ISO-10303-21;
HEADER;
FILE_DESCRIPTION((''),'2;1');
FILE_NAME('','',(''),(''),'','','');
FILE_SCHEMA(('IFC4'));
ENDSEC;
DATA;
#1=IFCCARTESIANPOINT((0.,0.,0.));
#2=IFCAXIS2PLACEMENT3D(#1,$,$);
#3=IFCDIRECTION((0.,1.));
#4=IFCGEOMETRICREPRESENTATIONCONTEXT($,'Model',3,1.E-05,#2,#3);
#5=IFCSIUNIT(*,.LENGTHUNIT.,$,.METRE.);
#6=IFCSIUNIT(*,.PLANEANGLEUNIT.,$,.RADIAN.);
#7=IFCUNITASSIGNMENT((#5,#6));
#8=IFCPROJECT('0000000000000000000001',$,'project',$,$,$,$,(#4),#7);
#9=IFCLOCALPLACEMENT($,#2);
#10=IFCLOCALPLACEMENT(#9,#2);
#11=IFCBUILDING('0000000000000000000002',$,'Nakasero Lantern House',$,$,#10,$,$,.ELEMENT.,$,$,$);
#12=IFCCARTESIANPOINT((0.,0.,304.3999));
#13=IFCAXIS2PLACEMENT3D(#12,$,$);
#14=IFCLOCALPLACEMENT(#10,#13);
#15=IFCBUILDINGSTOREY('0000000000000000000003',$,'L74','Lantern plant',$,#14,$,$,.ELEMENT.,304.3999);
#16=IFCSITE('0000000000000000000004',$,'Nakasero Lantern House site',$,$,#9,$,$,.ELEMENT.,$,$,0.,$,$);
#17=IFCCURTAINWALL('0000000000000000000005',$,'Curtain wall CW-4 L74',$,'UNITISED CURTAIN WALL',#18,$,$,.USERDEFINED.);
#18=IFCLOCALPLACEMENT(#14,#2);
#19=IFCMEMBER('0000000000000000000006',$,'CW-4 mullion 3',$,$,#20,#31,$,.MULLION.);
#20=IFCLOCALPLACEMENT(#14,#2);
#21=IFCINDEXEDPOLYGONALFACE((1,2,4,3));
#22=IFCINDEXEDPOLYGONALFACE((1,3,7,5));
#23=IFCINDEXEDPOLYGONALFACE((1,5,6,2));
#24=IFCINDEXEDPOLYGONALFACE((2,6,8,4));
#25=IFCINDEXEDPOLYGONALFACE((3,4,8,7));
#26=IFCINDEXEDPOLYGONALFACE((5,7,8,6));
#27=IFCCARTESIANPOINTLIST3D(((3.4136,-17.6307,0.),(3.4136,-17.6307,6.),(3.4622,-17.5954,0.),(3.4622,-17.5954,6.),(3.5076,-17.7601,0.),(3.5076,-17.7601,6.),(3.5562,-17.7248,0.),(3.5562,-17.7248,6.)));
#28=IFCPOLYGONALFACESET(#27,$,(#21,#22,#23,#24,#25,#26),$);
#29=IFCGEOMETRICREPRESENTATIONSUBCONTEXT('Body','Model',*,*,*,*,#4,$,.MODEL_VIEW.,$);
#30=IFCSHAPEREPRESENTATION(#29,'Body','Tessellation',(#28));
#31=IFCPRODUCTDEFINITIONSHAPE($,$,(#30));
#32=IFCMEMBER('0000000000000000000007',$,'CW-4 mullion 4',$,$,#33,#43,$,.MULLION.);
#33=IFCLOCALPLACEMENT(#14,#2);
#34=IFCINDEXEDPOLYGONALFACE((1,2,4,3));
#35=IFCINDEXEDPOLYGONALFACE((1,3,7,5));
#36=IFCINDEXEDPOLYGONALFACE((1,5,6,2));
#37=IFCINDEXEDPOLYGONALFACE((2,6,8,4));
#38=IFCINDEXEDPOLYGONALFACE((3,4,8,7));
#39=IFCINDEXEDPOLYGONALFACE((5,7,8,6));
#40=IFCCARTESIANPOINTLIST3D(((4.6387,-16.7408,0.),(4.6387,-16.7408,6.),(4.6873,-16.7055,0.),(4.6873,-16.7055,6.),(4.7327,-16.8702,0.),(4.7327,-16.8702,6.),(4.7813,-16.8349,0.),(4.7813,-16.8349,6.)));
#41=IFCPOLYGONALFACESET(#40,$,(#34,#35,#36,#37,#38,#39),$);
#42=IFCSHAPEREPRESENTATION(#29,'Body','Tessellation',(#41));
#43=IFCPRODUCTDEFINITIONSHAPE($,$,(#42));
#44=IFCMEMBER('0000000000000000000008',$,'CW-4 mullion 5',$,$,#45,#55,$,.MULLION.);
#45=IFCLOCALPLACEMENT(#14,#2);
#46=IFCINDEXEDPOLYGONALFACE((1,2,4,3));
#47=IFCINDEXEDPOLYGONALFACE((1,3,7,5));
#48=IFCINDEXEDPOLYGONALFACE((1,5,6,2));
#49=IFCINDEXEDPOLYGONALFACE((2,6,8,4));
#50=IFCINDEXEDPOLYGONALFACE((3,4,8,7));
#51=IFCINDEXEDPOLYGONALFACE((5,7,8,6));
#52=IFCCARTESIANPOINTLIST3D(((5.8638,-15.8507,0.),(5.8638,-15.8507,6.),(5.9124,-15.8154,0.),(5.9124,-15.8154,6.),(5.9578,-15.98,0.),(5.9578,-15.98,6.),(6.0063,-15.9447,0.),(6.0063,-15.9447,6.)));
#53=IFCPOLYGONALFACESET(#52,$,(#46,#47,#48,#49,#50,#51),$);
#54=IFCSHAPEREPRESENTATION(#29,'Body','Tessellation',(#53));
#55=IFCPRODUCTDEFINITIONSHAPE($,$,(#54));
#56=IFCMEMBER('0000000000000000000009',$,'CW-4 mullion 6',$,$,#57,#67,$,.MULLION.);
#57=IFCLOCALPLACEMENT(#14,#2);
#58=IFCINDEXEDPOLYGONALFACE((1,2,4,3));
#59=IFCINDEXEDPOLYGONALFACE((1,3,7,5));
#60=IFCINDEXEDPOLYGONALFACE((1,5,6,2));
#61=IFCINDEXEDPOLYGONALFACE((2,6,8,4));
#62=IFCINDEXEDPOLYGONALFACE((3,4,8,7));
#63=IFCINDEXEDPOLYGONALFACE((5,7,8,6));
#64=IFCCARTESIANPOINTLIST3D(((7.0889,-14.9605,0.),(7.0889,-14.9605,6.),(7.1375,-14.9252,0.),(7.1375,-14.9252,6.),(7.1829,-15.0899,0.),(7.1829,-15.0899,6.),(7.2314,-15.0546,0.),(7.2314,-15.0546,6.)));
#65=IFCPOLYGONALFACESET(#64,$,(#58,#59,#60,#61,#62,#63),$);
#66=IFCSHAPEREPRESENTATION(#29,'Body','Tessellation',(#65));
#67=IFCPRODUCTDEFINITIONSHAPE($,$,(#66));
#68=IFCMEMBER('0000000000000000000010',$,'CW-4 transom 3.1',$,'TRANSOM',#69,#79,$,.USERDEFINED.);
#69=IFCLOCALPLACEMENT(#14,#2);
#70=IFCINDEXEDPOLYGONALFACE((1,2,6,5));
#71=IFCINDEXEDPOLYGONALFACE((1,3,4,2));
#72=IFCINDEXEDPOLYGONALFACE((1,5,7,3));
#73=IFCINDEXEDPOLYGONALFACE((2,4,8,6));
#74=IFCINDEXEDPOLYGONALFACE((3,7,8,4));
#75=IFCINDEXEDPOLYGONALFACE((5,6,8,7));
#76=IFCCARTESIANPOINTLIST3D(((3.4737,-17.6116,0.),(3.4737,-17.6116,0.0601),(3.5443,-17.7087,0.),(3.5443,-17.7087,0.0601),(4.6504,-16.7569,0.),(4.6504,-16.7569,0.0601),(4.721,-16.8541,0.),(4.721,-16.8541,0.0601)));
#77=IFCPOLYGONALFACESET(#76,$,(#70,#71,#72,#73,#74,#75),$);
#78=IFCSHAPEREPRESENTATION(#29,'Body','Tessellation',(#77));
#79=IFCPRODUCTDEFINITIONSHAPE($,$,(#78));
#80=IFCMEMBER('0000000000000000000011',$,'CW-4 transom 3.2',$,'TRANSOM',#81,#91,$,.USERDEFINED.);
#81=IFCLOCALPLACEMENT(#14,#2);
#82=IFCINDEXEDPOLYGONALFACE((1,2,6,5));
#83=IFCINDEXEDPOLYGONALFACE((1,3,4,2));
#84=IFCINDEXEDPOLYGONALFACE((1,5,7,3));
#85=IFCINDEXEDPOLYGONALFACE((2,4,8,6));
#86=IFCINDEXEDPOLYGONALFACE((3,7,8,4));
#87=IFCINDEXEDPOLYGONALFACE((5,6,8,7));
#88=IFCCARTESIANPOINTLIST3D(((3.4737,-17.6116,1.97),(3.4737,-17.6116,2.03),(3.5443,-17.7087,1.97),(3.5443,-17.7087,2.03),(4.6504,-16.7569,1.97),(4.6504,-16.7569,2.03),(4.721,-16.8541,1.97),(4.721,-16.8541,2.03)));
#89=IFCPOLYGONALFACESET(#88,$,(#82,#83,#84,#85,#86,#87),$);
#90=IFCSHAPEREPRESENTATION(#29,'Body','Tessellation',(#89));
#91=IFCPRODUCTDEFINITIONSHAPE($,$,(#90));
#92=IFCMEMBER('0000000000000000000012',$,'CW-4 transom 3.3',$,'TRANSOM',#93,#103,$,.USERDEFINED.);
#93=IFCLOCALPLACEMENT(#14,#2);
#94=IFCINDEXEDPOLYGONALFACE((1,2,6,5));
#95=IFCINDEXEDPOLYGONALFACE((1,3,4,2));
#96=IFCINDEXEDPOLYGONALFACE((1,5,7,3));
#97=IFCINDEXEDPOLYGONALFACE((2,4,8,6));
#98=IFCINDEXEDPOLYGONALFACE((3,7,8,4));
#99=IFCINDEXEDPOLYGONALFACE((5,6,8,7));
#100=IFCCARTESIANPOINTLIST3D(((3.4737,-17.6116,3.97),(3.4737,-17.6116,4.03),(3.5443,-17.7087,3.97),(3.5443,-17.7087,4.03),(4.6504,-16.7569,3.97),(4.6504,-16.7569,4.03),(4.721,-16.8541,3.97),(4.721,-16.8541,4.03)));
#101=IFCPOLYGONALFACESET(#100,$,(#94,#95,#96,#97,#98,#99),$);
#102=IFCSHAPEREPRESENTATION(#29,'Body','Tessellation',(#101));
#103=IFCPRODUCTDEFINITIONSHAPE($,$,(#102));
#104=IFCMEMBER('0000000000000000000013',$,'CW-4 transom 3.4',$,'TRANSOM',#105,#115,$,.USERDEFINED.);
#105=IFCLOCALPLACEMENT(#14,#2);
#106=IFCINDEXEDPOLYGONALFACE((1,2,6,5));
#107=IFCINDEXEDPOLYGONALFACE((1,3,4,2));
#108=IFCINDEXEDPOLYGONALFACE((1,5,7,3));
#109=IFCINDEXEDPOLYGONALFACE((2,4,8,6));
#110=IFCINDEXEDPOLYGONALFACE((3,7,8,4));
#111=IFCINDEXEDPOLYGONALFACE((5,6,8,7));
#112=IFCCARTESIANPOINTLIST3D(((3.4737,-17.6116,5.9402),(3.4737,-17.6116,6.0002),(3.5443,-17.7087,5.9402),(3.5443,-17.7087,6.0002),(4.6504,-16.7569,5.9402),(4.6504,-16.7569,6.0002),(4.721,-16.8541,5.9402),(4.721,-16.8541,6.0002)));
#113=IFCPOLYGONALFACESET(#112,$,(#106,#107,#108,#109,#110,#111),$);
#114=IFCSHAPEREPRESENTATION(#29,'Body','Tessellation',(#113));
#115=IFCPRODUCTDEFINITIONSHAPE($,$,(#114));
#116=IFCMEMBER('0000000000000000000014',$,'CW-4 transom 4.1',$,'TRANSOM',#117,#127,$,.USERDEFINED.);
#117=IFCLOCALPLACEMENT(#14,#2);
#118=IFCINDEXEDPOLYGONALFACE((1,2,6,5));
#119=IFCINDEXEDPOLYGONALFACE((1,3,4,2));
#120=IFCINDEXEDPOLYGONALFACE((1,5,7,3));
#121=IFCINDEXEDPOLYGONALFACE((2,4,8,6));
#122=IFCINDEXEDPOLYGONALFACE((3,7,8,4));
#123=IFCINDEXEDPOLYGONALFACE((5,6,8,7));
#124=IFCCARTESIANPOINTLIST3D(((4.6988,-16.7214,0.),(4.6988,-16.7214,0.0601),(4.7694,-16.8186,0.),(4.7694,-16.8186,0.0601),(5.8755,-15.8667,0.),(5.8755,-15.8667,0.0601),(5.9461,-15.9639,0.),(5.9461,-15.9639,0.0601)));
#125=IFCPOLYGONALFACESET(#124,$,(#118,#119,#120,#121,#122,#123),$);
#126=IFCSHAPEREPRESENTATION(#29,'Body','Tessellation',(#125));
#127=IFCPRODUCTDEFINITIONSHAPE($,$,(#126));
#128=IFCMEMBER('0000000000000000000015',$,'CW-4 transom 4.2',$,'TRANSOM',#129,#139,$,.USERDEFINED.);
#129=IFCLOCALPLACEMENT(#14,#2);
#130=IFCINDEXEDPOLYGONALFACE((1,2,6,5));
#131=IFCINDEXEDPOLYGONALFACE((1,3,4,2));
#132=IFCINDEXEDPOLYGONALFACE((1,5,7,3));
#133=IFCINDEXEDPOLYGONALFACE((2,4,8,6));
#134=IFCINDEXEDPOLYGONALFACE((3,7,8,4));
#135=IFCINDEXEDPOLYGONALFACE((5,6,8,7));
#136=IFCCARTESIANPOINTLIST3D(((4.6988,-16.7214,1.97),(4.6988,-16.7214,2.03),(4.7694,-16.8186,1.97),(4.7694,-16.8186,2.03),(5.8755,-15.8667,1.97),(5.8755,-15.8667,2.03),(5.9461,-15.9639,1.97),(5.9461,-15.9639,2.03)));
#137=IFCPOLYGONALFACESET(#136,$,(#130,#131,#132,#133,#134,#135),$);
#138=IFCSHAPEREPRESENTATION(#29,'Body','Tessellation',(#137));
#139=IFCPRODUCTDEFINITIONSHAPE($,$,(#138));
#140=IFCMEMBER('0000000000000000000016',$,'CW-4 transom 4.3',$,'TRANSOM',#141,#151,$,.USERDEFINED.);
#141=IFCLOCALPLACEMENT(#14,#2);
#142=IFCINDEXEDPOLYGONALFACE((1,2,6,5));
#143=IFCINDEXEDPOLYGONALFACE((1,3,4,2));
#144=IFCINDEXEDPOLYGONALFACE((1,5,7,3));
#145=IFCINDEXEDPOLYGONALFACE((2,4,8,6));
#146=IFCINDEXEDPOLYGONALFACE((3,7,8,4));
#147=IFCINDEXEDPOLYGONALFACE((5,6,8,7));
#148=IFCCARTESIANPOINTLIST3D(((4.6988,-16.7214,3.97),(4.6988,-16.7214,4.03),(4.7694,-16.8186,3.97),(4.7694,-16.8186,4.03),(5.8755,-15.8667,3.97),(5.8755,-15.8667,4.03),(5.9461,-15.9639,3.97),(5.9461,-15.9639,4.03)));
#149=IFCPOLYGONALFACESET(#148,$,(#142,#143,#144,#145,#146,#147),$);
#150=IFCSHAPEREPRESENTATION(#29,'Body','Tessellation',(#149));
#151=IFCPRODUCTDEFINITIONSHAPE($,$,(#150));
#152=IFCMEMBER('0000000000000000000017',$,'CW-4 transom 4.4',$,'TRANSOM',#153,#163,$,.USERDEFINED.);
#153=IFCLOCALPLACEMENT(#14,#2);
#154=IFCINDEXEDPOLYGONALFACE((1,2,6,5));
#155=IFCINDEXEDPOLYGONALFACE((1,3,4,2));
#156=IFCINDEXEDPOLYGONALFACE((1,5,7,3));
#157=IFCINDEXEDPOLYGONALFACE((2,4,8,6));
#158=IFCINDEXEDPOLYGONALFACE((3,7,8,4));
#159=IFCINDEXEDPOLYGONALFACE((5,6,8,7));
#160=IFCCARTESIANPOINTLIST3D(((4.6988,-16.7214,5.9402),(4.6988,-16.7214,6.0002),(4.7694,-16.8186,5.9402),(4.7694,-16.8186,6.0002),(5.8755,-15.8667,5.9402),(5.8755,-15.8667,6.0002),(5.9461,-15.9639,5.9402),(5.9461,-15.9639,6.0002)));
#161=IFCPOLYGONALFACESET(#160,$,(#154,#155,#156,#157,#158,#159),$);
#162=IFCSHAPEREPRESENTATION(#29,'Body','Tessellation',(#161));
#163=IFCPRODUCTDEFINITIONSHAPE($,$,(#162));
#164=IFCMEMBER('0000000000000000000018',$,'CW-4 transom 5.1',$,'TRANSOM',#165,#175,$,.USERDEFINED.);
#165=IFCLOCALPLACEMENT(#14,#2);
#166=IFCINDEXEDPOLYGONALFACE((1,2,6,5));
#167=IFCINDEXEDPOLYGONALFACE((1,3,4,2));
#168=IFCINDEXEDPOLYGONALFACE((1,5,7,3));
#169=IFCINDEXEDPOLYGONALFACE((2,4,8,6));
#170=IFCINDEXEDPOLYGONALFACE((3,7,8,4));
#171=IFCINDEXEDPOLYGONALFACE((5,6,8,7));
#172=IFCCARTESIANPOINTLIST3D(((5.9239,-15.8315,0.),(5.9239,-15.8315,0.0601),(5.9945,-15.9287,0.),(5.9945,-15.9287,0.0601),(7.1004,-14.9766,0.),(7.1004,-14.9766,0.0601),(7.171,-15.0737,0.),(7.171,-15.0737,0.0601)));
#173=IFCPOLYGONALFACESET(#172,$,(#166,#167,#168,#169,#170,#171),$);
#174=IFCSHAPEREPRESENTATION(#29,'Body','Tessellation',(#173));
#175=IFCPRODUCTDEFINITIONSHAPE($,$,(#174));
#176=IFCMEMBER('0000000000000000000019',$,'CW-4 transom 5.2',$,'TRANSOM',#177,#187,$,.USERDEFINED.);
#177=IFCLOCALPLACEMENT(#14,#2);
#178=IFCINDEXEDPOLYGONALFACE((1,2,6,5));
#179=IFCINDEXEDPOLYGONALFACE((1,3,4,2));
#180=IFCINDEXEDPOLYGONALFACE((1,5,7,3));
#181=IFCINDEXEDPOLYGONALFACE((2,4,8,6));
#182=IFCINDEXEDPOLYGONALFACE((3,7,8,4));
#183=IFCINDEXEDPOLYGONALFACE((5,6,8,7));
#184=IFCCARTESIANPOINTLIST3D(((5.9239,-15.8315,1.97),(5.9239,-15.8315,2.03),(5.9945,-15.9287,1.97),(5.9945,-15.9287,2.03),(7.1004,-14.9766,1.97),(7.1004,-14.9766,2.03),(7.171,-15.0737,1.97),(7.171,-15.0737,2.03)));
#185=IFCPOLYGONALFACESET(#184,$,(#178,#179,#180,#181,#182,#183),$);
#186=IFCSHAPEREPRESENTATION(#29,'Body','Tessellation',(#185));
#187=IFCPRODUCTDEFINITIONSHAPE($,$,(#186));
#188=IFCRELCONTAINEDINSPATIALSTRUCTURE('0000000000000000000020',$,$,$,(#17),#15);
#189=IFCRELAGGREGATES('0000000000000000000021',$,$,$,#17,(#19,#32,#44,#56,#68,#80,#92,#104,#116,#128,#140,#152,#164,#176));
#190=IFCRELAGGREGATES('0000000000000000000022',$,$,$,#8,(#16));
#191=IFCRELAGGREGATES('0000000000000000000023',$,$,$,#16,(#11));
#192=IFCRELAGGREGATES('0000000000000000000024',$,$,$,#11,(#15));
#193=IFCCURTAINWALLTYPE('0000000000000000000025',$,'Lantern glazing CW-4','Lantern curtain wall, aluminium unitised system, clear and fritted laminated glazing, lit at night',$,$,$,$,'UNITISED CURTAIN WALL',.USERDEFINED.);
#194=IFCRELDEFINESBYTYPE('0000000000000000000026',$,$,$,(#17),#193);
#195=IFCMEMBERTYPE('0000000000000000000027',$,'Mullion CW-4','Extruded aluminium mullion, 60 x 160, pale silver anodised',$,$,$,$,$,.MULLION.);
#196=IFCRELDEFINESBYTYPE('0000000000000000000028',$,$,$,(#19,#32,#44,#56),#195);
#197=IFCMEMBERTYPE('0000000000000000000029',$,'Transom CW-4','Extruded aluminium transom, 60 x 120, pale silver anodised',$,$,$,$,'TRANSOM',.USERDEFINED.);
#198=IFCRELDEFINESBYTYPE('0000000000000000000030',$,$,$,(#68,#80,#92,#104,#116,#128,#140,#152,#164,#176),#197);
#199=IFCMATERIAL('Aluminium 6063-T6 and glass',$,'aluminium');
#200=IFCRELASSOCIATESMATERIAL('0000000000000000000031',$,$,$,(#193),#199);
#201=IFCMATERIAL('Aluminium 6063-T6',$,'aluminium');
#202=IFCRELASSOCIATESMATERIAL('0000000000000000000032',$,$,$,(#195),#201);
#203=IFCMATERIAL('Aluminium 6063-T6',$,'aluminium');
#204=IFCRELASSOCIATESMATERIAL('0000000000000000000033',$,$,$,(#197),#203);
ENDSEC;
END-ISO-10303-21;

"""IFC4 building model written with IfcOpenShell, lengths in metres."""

from ifc_helpers import new_model, si_unit, direction, frame, origin, origin_2d, place, context, subcontext, project, spatial, rectangle, extrude, material, material_profile, profile_set, type_object, element, aggregate, save


model = new_model("IFC4")

# Units and contexts
model_context = context("Model", 3, precision=1e-05, world=origin(), true_north=direction((0.0, 1.0)))
body_context = subcontext(model_context, "Body", "Model", "MODEL_VIEW")
ifc_project = project(units=[si_unit("LENGTHUNIT", "METRE"), si_unit("PLANEANGLEUNIT", "RADIAN")], contexts=[model_context])

# Site, building, storey
site_placement = place(None, origin())
site = spatial("IfcSite", under=ifc_project, at=site_placement, Name="Nakasero Lantern House site", CompositionType="ELEMENT", RefElevation=0.0)
building_placement = place(site_placement, origin())
building = spatial("IfcBuilding", under=site, at=building_placement, Name="Nakasero Lantern House", CompositionType="ELEMENT")
storey_placement = place(building_placement, frame((0.0, 0.0, 304.3999)))
storey = spatial("IfcBuildingStorey", under=building, at=storey_placement, Name="L74", Description="Lantern plant", CompositionType="ELEMENT", Elevation=304.3999)

# Curtain wall, members
ifc_material_1 = material(Name="Aluminium 6063-T6 and glass", Category="aluminium")
curtain_wall_type = type_object("IfcCurtainWallType", Name="Lantern glazing CW-4", Description="Lantern curtain wall, aluminium unitised system, clear and fritted laminated glazing, lit at night", ElementType="UNITISED CURTAIN WALL", PredefinedType="USERDEFINED", material=ifc_material_1)
curtain_wall_placement = place(storey_placement, origin())
curtain_wall = element("IfcCurtainWall", 1, at=curtain_wall_placement, inside=storey, type_object=curtain_wall_type, Name="Curtain wall CW-4 L74", ObjectType="UNITISED CURTAIN WALL", PredefinedType="USERDEFINED")
ifc_material_2 = material(Name="Aluminium 6063-T6", Category="aluminium")
ifc_material_profile_1 = material_profile(ifc_material_2, rectangle(XDim=0.0601, YDim=0.1599, at=origin_2d()), Name="CW-4 mullion 60x160")
ifc_profile_set_1 = profile_set([ifc_material_profile_1], Name="Aluminium 6063-T6")
member_type_1 = type_object("IfcMemberType", Name="Mullion CW-4", Description="Extruded aluminium mullion, 60 x 160, pale silver anodised", PredefinedType="MULLION", material=ifc_profile_set_1)
member_1_placement = place(storey_placement, frame((3.4849, -17.6777, 0.0), z_axis=(0.0, 0.0, 1.0), x_axis=(0.809017, 0.587785, 0.0)))
member_1 = element("IfcMember", 2, at=member_1_placement, type_object=member_type_1, Name="CW-4 mullion 3", PredefinedType="MULLION", context=body_context, shape_type="SweptSolid", body=[
    extrude(rectangle(XDim=0.0601, YDim=0.1599, at=origin_2d()), origin(), (0.0, 0.0, 1.0), 6.0),
])
member_2_placement = place(storey_placement, frame((4.71, -16.7878, 0.0), z_axis=(0.0, 0.0, 1.0), x_axis=(0.809017, 0.587785, 0.0)))
member_2 = element("IfcMember", 3, at=member_2_placement, type_object=member_type_1, Name="CW-4 mullion 4", PredefinedType="MULLION", context=body_context, shape_type="SweptSolid", body=[
    extrude(rectangle(XDim=0.0601, YDim=0.1599, at=origin_2d()), origin(), (0.0, 0.0, 1.0), 6.0),
])
member_3_placement = place(storey_placement, frame((5.9351, -15.8977, 0.0), z_axis=(0.0, 0.0, 1.0), x_axis=(0.809017, 0.587785, 0.0)))
member_3 = element("IfcMember", 4, at=member_3_placement, type_object=member_type_1, Name="CW-4 mullion 5", PredefinedType="MULLION", context=body_context, shape_type="SweptSolid", body=[
    extrude(rectangle(XDim=0.0601, YDim=0.1599, at=origin_2d()), origin(), (0.0, 0.0, 1.0), 6.0),
])
member_4_placement = place(storey_placement, frame((7.1602, -15.0076, 0.0), z_axis=(0.0, 0.0, 1.0), x_axis=(0.809017, 0.587785, 0.0)))
member_4 = element("IfcMember", 5, at=member_4_placement, type_object=member_type_1, Name="CW-4 mullion 6", PredefinedType="MULLION", context=body_context, shape_type="SweptSolid", body=[
    extrude(rectangle(XDim=0.0601, YDim=0.1599, at=origin_2d()), origin(), (0.0, 0.0, 1.0), 6.0),
])
ifc_material_3 = material(Name="Aluminium 6063-T6", Category="aluminium")
ifc_material_profile_2 = material_profile(ifc_material_3, rectangle(XDim=0.0601, YDim=0.1201, at=origin_2d()), Name="CW-4 transom 60x120")
ifc_profile_set_2 = profile_set([ifc_material_profile_2], Name="Aluminium 6063-T6")
member_type_2 = type_object("IfcMemberType", Name="Transom CW-4", Description="Extruded aluminium transom, 60 x 120, pale silver anodised", ElementType="TRANSOM", PredefinedType="USERDEFINED", material=ifc_profile_set_2)
member_5_placement = place(storey_placement, frame((3.509, -17.6602, 0.03), z_axis=(0.809092, 0.587683, 0.0), x_axis=(0.0, 0.0, 1.0)))
member_5 = element("IfcMember", 6, at=member_5_placement, type_object=member_type_2, Name="CW-4 transom 3.1", ObjectType="TRANSOM", PredefinedType="USERDEFINED", context=body_context, shape_type="SweptSolid", body=[
    extrude(rectangle(XDim=0.0601, YDim=0.1201, at=origin_2d()), origin(), (0.0, 0.0, 1.0), 1.4543),
])
member_6_placement = place(storey_placement, frame((3.509, -17.6602, 2.0), z_axis=(0.809092, 0.587683, 0.0), x_axis=(0.0, 0.0, 1.0)))
member_6 = element("IfcMember", 7, at=member_6_placement, type_object=member_type_2, Name="CW-4 transom 3.2", ObjectType="TRANSOM", PredefinedType="USERDEFINED", context=body_context, shape_type="SweptSolid", body=[
    extrude(rectangle(XDim=0.0601, YDim=0.1201, at=origin_2d()), origin(), (0.0, 0.0, 1.0), 1.4543),
])
member_7_placement = place(storey_placement, frame((3.509, -17.6602, 4.0), z_axis=(0.809092, 0.587683, 0.0), x_axis=(0.0, 0.0, 1.0)))
member_7 = element("IfcMember", 8, at=member_7_placement, type_object=member_type_2, Name="CW-4 transom 3.3", ObjectType="TRANSOM", PredefinedType="USERDEFINED", context=body_context, shape_type="SweptSolid", body=[
    extrude(rectangle(XDim=0.0601, YDim=0.1201, at=origin_2d()), origin(), (0.0, 0.0, 1.0), 1.4543),
])
member_8_placement = place(storey_placement, frame((3.509, -17.6602, 5.9702), z_axis=(0.809092, 0.587683, 0.0), x_axis=(0.0, 0.0, 1.0)))
member_8 = element("IfcMember", 9, at=member_8_placement, type_object=member_type_2, Name="CW-4 transom 3.4", ObjectType="TRANSOM", PredefinedType="USERDEFINED", context=body_context, shape_type="SweptSolid", body=[
    extrude(rectangle(XDim=0.0601, YDim=0.1201, at=origin_2d()), origin(), (0.0, 0.0, 1.0), 1.4543),
])
member_9_placement = place(storey_placement, frame((4.7341, -16.77, 0.03), z_axis=(0.809092, 0.587683, 0.0), x_axis=(0.0, 0.0, 1.0)))
member_9 = element("IfcMember", 10, at=member_9_placement, type_object=member_type_2, Name="CW-4 transom 4.1", ObjectType="TRANSOM", PredefinedType="USERDEFINED", context=body_context, shape_type="SweptSolid", body=[
    extrude(rectangle(XDim=0.0601, YDim=0.1201, at=origin_2d()), origin(), (0.0, 0.0, 1.0), 1.4543),
])
member_10_placement = place(storey_placement, frame((4.7341, -16.77, 2.0), z_axis=(0.809092, 0.587683, 0.0), x_axis=(0.0, 0.0, 1.0)))
member_10 = element("IfcMember", 11, at=member_10_placement, type_object=member_type_2, Name="CW-4 transom 4.2", ObjectType="TRANSOM", PredefinedType="USERDEFINED", context=body_context, shape_type="SweptSolid", body=[
    extrude(rectangle(XDim=0.0601, YDim=0.1201, at=origin_2d()), origin(), (0.0, 0.0, 1.0), 1.4543),
])
member_11_placement = place(storey_placement, frame((4.7341, -16.77, 4.0), z_axis=(0.809092, 0.587683, 0.0), x_axis=(0.0, 0.0, 1.0)))
member_11 = element("IfcMember", 12, at=member_11_placement, type_object=member_type_2, Name="CW-4 transom 4.3", ObjectType="TRANSOM", PredefinedType="USERDEFINED", context=body_context, shape_type="SweptSolid", body=[
    extrude(rectangle(XDim=0.0601, YDim=0.1201, at=origin_2d()), origin(), (0.0, 0.0, 1.0), 1.4543),
])
member_12_placement = place(storey_placement, frame((4.7341, -16.77, 5.9702), z_axis=(0.809092, 0.587683, 0.0), x_axis=(0.0, 0.0, 1.0)))
member_12 = element("IfcMember", 13, at=member_12_placement, type_object=member_type_2, Name="CW-4 transom 4.4", ObjectType="TRANSOM", PredefinedType="USERDEFINED", context=body_context, shape_type="SweptSolid", body=[
    extrude(rectangle(XDim=0.0601, YDim=0.1201, at=origin_2d()), origin(), (0.0, 0.0, 1.0), 1.4543),
])
member_13_placement = place(storey_placement, frame((5.9592, -15.8801, 0.03), z_axis=(0.808954, 0.587872, 0.0), x_axis=(0.0, 0.0, 1.0)))
member_13 = element("IfcMember", 14, at=member_13_placement, type_object=member_type_2, Name="CW-4 transom 5.1", ObjectType="TRANSOM", PredefinedType="USERDEFINED", context=body_context, shape_type="SweptSolid", body=[
    extrude(rectangle(XDim=0.0601, YDim=0.1201, at=origin_2d()), origin(), (0.0, 0.0, 1.0), 1.4543),
])
member_14_placement = place(storey_placement, frame((5.9592, -15.8801, 2.0), z_axis=(0.808954, 0.587872, 0.0), x_axis=(0.0, 0.0, 1.0)))
member_14 = element("IfcMember", 15, at=member_14_placement, type_object=member_type_2, Name="CW-4 transom 5.2", ObjectType="TRANSOM", PredefinedType="USERDEFINED", context=body_context, shape_type="SweptSolid", body=[
    extrude(rectangle(XDim=0.0601, YDim=0.1201, at=origin_2d()), origin(), (0.0, 0.0, 1.0), 1.4543),
])
aggregate(curtain_wall, [member_1, member_2, member_3, member_4, member_5, member_6, member_7, member_8, member_9, member_10, member_11, member_12, member_13, member_14])

save(model, "model.ifc")
